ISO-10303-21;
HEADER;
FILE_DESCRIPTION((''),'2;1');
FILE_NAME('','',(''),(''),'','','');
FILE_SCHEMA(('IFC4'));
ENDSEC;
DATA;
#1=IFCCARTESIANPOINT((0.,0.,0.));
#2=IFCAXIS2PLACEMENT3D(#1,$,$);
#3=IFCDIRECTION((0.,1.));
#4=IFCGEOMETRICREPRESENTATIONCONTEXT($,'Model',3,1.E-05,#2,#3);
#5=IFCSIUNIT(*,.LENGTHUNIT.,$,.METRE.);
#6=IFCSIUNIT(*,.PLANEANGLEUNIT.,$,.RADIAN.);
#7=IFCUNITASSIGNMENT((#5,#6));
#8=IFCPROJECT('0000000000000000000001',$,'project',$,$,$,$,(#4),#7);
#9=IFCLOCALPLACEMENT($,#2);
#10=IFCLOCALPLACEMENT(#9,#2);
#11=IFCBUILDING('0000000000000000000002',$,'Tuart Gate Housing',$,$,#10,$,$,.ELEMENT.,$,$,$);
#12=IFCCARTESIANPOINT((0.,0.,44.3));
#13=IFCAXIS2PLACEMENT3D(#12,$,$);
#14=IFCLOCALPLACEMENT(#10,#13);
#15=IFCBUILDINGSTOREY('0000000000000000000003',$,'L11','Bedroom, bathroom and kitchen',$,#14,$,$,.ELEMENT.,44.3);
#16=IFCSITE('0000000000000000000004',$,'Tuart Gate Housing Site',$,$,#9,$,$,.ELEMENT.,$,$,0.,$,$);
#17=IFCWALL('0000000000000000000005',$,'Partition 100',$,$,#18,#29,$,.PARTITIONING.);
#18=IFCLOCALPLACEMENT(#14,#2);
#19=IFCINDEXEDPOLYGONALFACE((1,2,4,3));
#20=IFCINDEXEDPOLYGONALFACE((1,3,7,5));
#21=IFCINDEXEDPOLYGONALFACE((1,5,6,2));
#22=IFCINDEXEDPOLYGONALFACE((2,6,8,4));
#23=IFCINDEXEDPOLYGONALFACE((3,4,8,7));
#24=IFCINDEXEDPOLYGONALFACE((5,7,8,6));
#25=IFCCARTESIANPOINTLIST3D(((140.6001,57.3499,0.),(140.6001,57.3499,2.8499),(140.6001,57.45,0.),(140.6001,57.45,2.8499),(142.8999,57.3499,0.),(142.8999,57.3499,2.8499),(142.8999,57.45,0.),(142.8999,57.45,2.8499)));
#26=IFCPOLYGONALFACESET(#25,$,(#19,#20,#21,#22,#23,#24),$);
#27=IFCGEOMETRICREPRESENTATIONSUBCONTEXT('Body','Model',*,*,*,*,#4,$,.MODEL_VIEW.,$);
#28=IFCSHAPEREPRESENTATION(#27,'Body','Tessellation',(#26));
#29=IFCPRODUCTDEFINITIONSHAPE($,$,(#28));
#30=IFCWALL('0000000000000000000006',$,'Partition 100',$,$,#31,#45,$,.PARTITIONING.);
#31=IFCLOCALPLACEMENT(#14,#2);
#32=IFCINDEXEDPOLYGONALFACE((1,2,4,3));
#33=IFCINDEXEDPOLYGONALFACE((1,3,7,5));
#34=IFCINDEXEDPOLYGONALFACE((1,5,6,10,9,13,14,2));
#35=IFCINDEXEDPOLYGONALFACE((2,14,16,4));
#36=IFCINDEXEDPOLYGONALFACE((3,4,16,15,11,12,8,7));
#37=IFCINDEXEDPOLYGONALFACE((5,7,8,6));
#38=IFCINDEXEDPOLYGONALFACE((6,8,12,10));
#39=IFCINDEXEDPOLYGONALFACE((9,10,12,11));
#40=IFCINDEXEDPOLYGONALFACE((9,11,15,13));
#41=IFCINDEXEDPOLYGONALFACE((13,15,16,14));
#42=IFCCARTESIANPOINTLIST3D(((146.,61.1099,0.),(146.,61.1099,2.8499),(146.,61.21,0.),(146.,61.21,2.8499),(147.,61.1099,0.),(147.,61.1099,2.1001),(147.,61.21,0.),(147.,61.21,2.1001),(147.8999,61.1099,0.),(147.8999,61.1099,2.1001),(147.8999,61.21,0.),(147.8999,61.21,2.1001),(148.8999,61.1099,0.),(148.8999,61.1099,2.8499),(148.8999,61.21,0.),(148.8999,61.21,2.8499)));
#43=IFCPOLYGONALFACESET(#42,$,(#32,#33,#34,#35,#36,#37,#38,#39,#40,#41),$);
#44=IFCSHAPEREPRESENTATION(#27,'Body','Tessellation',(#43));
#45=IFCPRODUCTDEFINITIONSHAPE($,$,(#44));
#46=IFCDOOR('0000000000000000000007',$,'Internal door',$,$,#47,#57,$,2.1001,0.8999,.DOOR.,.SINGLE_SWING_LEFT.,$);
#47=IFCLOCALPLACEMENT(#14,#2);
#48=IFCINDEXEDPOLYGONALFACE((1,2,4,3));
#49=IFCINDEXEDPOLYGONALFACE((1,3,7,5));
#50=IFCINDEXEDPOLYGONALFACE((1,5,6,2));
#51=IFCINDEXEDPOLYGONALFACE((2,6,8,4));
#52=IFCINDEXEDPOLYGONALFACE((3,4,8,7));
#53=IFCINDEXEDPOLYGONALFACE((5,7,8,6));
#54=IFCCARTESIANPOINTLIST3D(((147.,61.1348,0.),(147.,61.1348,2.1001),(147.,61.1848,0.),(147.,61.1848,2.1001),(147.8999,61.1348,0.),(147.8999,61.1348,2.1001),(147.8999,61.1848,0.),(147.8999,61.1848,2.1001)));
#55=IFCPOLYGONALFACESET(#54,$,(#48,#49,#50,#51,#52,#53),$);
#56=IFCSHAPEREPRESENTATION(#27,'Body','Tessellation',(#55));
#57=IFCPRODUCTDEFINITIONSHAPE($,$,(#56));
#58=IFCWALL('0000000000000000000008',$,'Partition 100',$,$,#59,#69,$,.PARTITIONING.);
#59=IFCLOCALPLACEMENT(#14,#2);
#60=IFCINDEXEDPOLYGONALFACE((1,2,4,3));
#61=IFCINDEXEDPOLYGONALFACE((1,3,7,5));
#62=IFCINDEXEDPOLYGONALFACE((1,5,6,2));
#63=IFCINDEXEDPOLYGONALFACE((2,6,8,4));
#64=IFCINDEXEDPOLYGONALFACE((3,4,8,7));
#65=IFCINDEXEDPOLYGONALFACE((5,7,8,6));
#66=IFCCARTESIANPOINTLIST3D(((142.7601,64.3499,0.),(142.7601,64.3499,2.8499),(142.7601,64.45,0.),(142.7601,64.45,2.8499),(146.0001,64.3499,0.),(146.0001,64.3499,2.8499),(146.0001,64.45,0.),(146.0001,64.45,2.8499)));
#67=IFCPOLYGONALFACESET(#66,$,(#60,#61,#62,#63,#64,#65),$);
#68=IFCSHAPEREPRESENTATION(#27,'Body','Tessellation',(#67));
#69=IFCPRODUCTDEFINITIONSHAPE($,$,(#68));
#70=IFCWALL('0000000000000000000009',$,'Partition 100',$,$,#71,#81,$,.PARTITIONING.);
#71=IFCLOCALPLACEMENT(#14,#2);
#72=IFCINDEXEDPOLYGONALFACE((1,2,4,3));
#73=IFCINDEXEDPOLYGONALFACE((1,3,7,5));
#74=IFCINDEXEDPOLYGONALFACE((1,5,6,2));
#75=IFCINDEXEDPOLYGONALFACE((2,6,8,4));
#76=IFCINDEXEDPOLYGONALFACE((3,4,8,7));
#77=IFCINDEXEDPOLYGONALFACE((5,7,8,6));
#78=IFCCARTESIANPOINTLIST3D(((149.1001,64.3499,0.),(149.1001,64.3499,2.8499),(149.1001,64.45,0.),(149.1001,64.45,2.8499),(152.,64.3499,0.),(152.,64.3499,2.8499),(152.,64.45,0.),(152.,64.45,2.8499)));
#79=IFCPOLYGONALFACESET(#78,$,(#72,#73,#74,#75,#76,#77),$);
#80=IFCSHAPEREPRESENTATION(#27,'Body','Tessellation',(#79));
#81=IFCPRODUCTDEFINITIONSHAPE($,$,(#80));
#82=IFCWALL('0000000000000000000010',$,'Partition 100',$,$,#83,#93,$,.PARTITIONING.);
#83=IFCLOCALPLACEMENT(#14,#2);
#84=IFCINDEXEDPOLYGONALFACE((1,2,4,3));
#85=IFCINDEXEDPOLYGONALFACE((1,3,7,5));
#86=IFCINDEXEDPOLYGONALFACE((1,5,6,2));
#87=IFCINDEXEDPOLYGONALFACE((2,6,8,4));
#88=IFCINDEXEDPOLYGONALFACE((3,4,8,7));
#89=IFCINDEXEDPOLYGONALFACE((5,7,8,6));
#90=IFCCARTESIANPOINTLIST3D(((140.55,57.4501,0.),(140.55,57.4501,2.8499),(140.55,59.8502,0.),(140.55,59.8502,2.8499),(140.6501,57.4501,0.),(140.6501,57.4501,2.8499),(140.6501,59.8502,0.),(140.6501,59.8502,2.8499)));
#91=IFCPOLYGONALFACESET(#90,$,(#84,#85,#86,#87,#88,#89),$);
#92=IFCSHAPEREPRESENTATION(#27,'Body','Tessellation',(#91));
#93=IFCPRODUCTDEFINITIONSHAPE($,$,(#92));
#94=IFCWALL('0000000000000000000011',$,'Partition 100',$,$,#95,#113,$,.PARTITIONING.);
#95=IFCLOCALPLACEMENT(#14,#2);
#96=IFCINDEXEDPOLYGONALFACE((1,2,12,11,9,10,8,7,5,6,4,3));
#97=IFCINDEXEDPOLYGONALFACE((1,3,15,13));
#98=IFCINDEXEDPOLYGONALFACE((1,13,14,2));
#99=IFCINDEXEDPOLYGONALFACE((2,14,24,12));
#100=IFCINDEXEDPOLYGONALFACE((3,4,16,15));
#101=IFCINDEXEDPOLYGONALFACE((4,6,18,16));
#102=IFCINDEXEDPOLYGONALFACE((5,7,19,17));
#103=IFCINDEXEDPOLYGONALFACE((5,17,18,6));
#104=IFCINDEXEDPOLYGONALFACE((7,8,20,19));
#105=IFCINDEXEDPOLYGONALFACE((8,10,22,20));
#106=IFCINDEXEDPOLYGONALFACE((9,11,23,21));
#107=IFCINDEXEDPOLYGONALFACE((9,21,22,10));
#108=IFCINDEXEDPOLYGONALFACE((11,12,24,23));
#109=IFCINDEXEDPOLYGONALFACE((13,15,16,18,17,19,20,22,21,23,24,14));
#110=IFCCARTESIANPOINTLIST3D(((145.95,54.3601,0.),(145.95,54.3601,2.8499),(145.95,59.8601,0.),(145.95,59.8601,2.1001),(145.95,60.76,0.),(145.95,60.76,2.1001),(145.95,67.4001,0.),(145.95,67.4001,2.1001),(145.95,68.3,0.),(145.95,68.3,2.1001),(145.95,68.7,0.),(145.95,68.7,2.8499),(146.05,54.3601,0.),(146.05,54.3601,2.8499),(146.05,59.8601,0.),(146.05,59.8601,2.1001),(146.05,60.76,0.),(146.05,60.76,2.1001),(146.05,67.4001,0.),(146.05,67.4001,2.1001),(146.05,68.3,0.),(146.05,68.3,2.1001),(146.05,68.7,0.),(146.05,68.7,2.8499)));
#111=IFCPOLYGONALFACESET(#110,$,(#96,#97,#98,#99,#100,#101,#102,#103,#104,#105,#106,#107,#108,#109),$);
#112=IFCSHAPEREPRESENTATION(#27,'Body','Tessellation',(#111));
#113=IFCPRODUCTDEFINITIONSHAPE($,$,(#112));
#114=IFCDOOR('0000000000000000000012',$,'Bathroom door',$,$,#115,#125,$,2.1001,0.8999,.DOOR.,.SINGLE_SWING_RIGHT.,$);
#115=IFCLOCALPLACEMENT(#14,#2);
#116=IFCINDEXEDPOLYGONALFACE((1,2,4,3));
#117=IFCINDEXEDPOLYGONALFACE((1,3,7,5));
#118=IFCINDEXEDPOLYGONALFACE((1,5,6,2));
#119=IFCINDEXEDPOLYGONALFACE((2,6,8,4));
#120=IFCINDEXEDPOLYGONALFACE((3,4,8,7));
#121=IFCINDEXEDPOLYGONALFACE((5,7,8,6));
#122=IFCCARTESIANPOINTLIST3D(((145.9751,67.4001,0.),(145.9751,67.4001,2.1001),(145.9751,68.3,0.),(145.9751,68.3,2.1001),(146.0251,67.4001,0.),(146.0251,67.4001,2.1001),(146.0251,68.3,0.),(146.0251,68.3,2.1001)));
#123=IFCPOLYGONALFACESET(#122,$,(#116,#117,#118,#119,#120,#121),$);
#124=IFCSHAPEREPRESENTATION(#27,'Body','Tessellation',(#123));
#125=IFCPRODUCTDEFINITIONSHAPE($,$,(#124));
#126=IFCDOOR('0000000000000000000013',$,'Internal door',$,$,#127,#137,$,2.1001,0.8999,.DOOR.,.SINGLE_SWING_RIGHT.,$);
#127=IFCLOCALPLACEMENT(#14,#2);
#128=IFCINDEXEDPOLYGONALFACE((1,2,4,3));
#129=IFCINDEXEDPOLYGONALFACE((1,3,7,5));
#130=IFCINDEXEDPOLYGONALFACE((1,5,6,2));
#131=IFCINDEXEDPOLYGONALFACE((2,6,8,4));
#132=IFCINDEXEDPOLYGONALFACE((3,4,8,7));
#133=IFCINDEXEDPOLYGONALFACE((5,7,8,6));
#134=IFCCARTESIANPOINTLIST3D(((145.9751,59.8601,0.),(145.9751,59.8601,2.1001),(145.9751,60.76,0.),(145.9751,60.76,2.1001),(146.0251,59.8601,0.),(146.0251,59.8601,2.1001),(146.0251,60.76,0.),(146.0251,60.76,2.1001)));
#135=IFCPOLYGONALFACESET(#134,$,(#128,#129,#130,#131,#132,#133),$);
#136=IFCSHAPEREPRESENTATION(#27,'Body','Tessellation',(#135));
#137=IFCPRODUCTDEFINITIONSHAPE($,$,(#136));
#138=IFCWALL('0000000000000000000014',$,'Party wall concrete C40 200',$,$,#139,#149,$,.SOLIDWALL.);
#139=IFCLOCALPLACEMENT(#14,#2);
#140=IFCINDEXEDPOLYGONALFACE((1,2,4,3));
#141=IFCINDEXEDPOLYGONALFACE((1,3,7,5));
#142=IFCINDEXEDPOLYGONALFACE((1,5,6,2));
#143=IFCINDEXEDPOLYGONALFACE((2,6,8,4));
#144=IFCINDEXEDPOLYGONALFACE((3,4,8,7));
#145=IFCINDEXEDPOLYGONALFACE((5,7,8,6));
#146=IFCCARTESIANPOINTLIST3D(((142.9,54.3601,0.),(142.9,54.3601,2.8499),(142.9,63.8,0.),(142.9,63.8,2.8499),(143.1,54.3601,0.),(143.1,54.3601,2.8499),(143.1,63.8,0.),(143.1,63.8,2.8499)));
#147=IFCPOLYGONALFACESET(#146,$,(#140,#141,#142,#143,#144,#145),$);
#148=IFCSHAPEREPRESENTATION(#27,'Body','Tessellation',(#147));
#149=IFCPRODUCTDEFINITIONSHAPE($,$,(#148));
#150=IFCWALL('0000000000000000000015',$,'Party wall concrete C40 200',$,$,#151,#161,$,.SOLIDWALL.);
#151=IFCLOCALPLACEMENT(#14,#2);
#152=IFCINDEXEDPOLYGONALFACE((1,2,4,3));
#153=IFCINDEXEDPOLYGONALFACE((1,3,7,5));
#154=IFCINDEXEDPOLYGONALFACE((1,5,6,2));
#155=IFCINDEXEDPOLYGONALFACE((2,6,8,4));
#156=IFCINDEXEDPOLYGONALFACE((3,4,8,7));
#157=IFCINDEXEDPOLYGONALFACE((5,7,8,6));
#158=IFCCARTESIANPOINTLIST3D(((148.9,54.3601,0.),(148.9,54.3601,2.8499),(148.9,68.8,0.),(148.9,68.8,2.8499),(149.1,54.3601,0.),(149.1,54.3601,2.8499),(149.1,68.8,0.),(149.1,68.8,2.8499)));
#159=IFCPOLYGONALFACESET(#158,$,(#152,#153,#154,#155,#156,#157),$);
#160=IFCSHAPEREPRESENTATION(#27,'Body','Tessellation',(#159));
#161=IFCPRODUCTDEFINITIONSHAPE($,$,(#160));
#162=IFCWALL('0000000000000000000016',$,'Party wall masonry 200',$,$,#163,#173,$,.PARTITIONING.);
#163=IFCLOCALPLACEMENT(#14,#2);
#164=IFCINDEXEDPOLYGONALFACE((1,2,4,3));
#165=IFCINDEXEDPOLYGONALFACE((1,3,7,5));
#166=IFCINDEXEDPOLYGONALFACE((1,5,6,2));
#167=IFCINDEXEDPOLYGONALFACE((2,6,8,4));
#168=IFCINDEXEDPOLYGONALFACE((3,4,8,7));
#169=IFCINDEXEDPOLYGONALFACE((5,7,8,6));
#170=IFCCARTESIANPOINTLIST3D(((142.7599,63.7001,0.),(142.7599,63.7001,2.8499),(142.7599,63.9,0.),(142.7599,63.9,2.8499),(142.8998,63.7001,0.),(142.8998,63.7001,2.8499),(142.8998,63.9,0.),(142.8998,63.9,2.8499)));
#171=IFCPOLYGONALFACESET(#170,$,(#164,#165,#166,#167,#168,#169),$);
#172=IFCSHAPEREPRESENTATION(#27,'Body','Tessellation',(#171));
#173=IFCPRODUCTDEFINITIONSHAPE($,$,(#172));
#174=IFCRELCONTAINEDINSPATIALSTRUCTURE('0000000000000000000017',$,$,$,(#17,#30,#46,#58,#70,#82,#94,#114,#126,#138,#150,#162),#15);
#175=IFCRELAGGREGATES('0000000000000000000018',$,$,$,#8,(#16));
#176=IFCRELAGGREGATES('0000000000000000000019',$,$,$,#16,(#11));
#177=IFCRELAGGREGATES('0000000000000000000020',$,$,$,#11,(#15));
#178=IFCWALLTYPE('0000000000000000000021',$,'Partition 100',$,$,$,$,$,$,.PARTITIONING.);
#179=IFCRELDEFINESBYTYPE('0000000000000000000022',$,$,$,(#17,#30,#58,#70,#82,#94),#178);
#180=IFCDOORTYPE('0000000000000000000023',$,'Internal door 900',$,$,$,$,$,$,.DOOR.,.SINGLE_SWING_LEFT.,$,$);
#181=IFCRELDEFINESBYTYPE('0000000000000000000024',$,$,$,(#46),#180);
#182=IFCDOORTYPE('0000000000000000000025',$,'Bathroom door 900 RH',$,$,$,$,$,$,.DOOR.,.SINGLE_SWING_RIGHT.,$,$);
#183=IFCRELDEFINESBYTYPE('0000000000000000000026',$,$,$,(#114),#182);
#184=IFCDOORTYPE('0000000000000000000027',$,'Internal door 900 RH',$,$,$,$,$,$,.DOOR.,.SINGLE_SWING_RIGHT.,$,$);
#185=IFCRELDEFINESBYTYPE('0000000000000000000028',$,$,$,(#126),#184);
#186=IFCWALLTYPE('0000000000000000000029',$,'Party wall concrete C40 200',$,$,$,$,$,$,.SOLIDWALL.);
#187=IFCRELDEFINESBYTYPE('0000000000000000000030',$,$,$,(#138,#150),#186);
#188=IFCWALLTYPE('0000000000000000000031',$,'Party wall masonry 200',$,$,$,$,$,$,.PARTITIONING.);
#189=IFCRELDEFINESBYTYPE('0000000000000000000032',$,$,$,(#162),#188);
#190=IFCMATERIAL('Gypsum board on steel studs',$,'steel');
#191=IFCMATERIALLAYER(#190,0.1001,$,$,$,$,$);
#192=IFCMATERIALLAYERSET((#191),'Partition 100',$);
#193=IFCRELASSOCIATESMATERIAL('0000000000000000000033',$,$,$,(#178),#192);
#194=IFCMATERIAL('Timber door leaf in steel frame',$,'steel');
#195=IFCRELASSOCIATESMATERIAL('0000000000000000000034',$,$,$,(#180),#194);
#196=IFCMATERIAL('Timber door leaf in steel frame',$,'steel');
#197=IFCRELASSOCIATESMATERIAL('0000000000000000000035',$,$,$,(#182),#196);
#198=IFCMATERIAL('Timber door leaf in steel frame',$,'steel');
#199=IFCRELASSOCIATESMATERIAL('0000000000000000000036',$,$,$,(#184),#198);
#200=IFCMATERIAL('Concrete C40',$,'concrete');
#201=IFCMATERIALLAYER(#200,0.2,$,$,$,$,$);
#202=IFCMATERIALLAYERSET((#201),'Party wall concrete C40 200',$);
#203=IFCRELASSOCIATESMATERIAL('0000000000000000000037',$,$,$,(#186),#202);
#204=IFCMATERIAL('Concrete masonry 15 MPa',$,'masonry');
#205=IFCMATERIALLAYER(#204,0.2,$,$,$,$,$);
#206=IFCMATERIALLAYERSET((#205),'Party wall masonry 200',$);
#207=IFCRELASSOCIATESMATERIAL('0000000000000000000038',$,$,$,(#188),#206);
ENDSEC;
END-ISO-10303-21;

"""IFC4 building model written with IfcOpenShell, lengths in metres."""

from ifc_helpers import new_model, si_unit, direction, frame, frame_2d, origin, place, context, subcontext, project, spatial, rectangle, extrude, material, layer, layer_set, type_object, element, fill, save


model = new_model("IFC4")

# Units and contexts
model_context = context("Model", 3, precision=1e-05, world=origin(), true_north=direction((0.0, 1.0)))
body_context = subcontext(model_context, "Body", "Model", "MODEL_VIEW")
ifc_project = project(units=[si_unit("LENGTHUNIT", "METRE"), si_unit("PLANEANGLEUNIT", "RADIAN")], contexts=[model_context])

# Site, building, storey
site_placement = place(None, origin())
site = spatial("IfcSite", under=ifc_project, at=site_placement, Name="Tuart Gate Housing Site", CompositionType="ELEMENT", RefElevation=0.0)
building_placement = place(site_placement, origin())
building = spatial("IfcBuilding", under=site, at=building_placement, Name="Tuart Gate Housing", CompositionType="ELEMENT")
storey_placement = place(building_placement, frame((0.0, 0.0, 44.3)))
storey = spatial("IfcBuildingStorey", under=building, at=storey_placement, Name="L11", Description="Bedroom, bathroom and kitchen", CompositionType="ELEMENT", Elevation=44.3)

# Wall
ifc_material_1 = material(Name="Gypsum board on steel studs", Category="steel")
ifc_layer_1 = layer(ifc_material_1, 0.1001)
ifc_layer_set_1 = layer_set([ifc_layer_1], Name="Partition 100")
wall_type_1 = type_object("IfcWallType", Name="Partition 100", PredefinedType="PARTITIONING", material=ifc_layer_set_1)
wall_1_placement = place(storey_placement, frame((140.6001, 57.3999, 0.0), z_axis=(0.0, 0.0, 1.0), x_axis=(1.0, 0.0, 0.0)))
element("IfcWall", 1, at=wall_1_placement, inside=storey, type_object=wall_type_1, Name="Partition 100", PredefinedType="PARTITIONING", context=body_context, shape_type="SweptSolid", body=[
    extrude(rectangle(XDim=2.2998, YDim=0.1001, at=frame_2d((1.1499, 0.0))), origin(), (0.0, 0.0, 1.0), 2.8499),
])

# Wall, opening, door
wall_2_placement = place(storey_placement, frame((146.0, 61.1599, 0.0), z_axis=(0.0, 0.0, 1.0), x_axis=(1.0, 0.0, 0.0)))
wall_2 = element("IfcWall", 2, at=wall_2_placement, inside=storey, type_object=wall_type_1, Name="Partition 100", PredefinedType="PARTITIONING", context=body_context, shape_type="SweptSolid", body=[
    extrude(rectangle(XDim=2.8999, YDim=0.1001, at=frame_2d((1.45, 0.0))), origin(), (0.0, 0.0, 1.0), 2.8499),
])
opening_1_placement = place(wall_2_placement, frame((1.0, 0.0, 0.0)))
opening_1 = element("IfcOpeningElement", 3, at=opening_1_placement, cuts=wall_2, PredefinedType="OPENING", context=body_context, shape_type="SweptSolid", body=[
    extrude(rectangle(XDim=0.8999, YDim=2.1001, at=frame_2d((0.45, 1.05))), frame((0.0, 0.0601, 0.0), z_axis=(0.0, -1.0, 0.0), x_axis=(1.0, 0.0, 0.0)), (0.0, 0.0, 1.0), 0.1201),
])
ifc_material_2 = material(Name="Timber door leaf in steel frame", Category="steel")
door_type_1 = type_object("IfcDoorType", Name="Internal door 900", OperationType="SINGLE_SWING_LEFT", PredefinedType="DOOR", material=ifc_material_2)
door_1_placement = place(opening_1_placement, origin())
door_1 = element("IfcDoor", 4, at=door_1_placement, inside=storey, type_object=door_type_1, Name="Internal door", OperationType="SINGLE_SWING_LEFT", OverallHeight=2.1001, OverallWidth=0.8999, PredefinedType="DOOR", context=body_context, shape_type="SweptSolid", body=[
    extrude(rectangle(XDim=0.8999, YDim=2.1001, at=frame_2d((0.45, 1.05))), frame((0.0, 0.0249, 0.0), z_axis=(0.0, -1.0, 0.0), x_axis=(1.0, 0.0, 0.0)), (0.0, 0.0, 1.0), 0.05),
])
fill(opening_1, door_1)

# Walls
wall_3_placement = place(storey_placement, frame((142.76, 64.3999, 0.0), z_axis=(0.0, 0.0, 1.0), x_axis=(1.0, 0.0, 0.0)))
element("IfcWall", 5, at=wall_3_placement, inside=storey, type_object=wall_type_1, Name="Partition 100", PredefinedType="PARTITIONING", context=body_context, shape_type="SweptSolid", body=[
    extrude(rectangle(XDim=3.24, YDim=0.1001, at=frame_2d((1.6201, 0.0))), origin(), (0.0, 0.0, 1.0), 2.8499),
])
wall_4_placement = place(storey_placement, frame((149.1001, 64.3999, 0.0), z_axis=(0.0, 0.0, 1.0), x_axis=(1.0, 0.0, 0.0)))
element("IfcWall", 6, at=wall_4_placement, inside=storey, type_object=wall_type_1, Name="Partition 100", PredefinedType="PARTITIONING", context=body_context, shape_type="SweptSolid", body=[
    extrude(rectangle(XDim=2.8999, YDim=0.1001, at=frame_2d((1.45, 0.0))), origin(), (0.0, 0.0, 1.0), 2.8499),
])
wall_5_placement = place(storey_placement, frame((140.6001, 57.45, 0.0), z_axis=(0.0, 0.0, 1.0), x_axis=(0.0, 1.0, 0.0)))
element("IfcWall", 7, at=wall_5_placement, inside=storey, type_object=wall_type_1, Name="Partition 100", PredefinedType="PARTITIONING", context=body_context, shape_type="SweptSolid", body=[
    extrude(rectangle(XDim=2.4001, YDim=0.1001, at=frame_2d((1.2002, 0.0))), origin(), (0.0, 0.0, 1.0), 2.8499),
])

# Wall, openings, doors
wall_6_placement = place(storey_placement, frame((146.0, 54.3601, 0.0), z_axis=(0.0, 0.0, 1.0), x_axis=(0.0, 1.0, 0.0)))
wall_6 = element("IfcWall", 8, at=wall_6_placement, inside=storey, type_object=wall_type_1, Name="Partition 100", PredefinedType="PARTITIONING", context=body_context, shape_type="SweptSolid", body=[
    extrude(rectangle(XDim=14.3398, YDim=0.1001, at=frame_2d((7.1699, 0.0))), origin(), (0.0, 0.0, 1.0), 2.8499),
])
opening_2_placement = place(wall_6_placement, frame((5.5, 0.0, 0.0)))
opening_2 = element("IfcOpeningElement", 9, at=opening_2_placement, cuts=wall_6, PredefinedType="OPENING", context=body_context, shape_type="SweptSolid", body=[
    extrude(rectangle(XDim=0.8999, YDim=2.1001, at=frame_2d((0.45, 1.05))), frame((0.0, 0.0601, 0.0), z_axis=(0.0, -1.0, 0.0), x_axis=(1.0, 0.0, 0.0)), (0.0, 0.0, 1.0), 0.1201),
])
opening_3_placement = place(wall_6_placement, frame((13.04, 0.0, 0.0)))
opening_3 = element("IfcOpeningElement", 10, at=opening_3_placement, cuts=wall_6, PredefinedType="OPENING", context=body_context, shape_type="SweptSolid", body=[
    extrude(rectangle(XDim=0.8999, YDim=2.1001, at=frame_2d((0.45, 1.05))), frame((0.0, 0.0601, 0.0), z_axis=(0.0, -1.0, 0.0), x_axis=(1.0, 0.0, 0.0)), (0.0, 0.0, 1.0), 0.1201),
])
ifc_material_3 = material(Name="Timber door leaf in steel frame", Category="steel")
door_type_2 = type_object("IfcDoorType", Name="Bathroom door 900 RH", OperationType="SINGLE_SWING_RIGHT", PredefinedType="DOOR", material=ifc_material_3)
door_2_placement = place(opening_3_placement, origin())
door_2 = element("IfcDoor", 11, at=door_2_placement, inside=storey, type_object=door_type_2, Name="Bathroom door", OperationType="SINGLE_SWING_RIGHT", OverallHeight=2.1001, OverallWidth=0.8999, PredefinedType="DOOR", context=body_context, shape_type="SweptSolid", body=[
    extrude(rectangle(XDim=0.8999, YDim=2.1001, at=frame_2d((0.45, 1.05))), frame((0.0, 0.0249, 0.0), z_axis=(0.0, -1.0, 0.0), x_axis=(1.0, 0.0, 0.0)), (0.0, 0.0, 1.0), 0.05),
])
fill(opening_3, door_2)
ifc_material_4 = material(Name="Timber door leaf in steel frame", Category="steel")
door_type_3 = type_object("IfcDoorType", Name="Internal door 900 RH", OperationType="SINGLE_SWING_RIGHT", PredefinedType="DOOR", material=ifc_material_4)
door_3_placement = place(opening_2_placement, origin())
door_3 = element("IfcDoor", 12, at=door_3_placement, inside=storey, type_object=door_type_3, Name="Internal door", OperationType="SINGLE_SWING_RIGHT", OverallHeight=2.1001, OverallWidth=0.8999, PredefinedType="DOOR", context=body_context, shape_type="SweptSolid", body=[
    extrude(rectangle(XDim=0.8999, YDim=2.1001, at=frame_2d((0.45, 1.05))), frame((0.0, 0.0249, 0.0), z_axis=(0.0, -1.0, 0.0), x_axis=(1.0, 0.0, 0.0)), (0.0, 0.0, 1.0), 0.05),
])
fill(opening_2, door_3)

# Walls
ifc_material_5 = material(Name="Concrete C40", Category="concrete")
ifc_layer_2 = layer(ifc_material_5, 0.2)
ifc_layer_set_2 = layer_set([ifc_layer_2], Name="Party wall concrete C40 200")
wall_type_2 = type_object("IfcWallType", Name="Party wall concrete C40 200", PredefinedType="SOLIDWALL", material=ifc_layer_set_2)
wall_7_placement = place(storey_placement, frame((143.0, 54.3601, 0.0), z_axis=(0.0, 0.0, 1.0), x_axis=(0.0, 1.0, 0.0)))
element("IfcWall", 13, at=wall_7_placement, inside=storey, type_object=wall_type_2, Name="Party wall concrete C40 200", PredefinedType="SOLIDWALL", context=body_context, shape_type="SweptSolid", body=[
    extrude(rectangle(XDim=9.4399, YDim=0.2, at=frame_2d((4.72, 0.0))), origin(), (0.0, 0.0, 1.0), 2.8499),
])
wall_8_placement = place(storey_placement, frame((149.0, 54.3601, 0.0), z_axis=(0.0, 0.0, 1.0), x_axis=(0.0, 1.0, 0.0)))
element("IfcWall", 14, at=wall_8_placement, inside=storey, type_object=wall_type_2, Name="Party wall concrete C40 200", PredefinedType="SOLIDWALL", context=body_context, shape_type="SweptSolid", body=[
    extrude(rectangle(XDim=14.4399, YDim=0.2, at=frame_2d((7.22, 0.0))), origin(), (0.0, 0.0, 1.0), 2.8499),
])
ifc_material_6 = material(Name="Concrete masonry 15 MPa", Category="masonry")
ifc_layer_3 = layer(ifc_material_6, 0.2)
ifc_layer_set_3 = layer_set([ifc_layer_3], Name="Party wall masonry 200")
wall_type_3 = type_object("IfcWallType", Name="Party wall masonry 200", PredefinedType="PARTITIONING", material=ifc_layer_set_3)
wall_9_placement = place(storey_placement, frame((142.76, 63.8, 0.0), z_axis=(0.0, 0.0, 1.0), x_axis=(1.0, 0.0, 0.0)))
element("IfcWall", 15, at=wall_9_placement, inside=storey, type_object=wall_type_3, Name="Party wall masonry 200", PredefinedType="PARTITIONING", context=body_context, shape_type="SweptSolid", body=[
    extrude(rectangle(XDim=0.1399, YDim=0.2, at=frame_2d((0.0698, 0.0))), origin(), (0.0, 0.0, 1.0), 2.8499),
])

save(model, "model.ifc")
